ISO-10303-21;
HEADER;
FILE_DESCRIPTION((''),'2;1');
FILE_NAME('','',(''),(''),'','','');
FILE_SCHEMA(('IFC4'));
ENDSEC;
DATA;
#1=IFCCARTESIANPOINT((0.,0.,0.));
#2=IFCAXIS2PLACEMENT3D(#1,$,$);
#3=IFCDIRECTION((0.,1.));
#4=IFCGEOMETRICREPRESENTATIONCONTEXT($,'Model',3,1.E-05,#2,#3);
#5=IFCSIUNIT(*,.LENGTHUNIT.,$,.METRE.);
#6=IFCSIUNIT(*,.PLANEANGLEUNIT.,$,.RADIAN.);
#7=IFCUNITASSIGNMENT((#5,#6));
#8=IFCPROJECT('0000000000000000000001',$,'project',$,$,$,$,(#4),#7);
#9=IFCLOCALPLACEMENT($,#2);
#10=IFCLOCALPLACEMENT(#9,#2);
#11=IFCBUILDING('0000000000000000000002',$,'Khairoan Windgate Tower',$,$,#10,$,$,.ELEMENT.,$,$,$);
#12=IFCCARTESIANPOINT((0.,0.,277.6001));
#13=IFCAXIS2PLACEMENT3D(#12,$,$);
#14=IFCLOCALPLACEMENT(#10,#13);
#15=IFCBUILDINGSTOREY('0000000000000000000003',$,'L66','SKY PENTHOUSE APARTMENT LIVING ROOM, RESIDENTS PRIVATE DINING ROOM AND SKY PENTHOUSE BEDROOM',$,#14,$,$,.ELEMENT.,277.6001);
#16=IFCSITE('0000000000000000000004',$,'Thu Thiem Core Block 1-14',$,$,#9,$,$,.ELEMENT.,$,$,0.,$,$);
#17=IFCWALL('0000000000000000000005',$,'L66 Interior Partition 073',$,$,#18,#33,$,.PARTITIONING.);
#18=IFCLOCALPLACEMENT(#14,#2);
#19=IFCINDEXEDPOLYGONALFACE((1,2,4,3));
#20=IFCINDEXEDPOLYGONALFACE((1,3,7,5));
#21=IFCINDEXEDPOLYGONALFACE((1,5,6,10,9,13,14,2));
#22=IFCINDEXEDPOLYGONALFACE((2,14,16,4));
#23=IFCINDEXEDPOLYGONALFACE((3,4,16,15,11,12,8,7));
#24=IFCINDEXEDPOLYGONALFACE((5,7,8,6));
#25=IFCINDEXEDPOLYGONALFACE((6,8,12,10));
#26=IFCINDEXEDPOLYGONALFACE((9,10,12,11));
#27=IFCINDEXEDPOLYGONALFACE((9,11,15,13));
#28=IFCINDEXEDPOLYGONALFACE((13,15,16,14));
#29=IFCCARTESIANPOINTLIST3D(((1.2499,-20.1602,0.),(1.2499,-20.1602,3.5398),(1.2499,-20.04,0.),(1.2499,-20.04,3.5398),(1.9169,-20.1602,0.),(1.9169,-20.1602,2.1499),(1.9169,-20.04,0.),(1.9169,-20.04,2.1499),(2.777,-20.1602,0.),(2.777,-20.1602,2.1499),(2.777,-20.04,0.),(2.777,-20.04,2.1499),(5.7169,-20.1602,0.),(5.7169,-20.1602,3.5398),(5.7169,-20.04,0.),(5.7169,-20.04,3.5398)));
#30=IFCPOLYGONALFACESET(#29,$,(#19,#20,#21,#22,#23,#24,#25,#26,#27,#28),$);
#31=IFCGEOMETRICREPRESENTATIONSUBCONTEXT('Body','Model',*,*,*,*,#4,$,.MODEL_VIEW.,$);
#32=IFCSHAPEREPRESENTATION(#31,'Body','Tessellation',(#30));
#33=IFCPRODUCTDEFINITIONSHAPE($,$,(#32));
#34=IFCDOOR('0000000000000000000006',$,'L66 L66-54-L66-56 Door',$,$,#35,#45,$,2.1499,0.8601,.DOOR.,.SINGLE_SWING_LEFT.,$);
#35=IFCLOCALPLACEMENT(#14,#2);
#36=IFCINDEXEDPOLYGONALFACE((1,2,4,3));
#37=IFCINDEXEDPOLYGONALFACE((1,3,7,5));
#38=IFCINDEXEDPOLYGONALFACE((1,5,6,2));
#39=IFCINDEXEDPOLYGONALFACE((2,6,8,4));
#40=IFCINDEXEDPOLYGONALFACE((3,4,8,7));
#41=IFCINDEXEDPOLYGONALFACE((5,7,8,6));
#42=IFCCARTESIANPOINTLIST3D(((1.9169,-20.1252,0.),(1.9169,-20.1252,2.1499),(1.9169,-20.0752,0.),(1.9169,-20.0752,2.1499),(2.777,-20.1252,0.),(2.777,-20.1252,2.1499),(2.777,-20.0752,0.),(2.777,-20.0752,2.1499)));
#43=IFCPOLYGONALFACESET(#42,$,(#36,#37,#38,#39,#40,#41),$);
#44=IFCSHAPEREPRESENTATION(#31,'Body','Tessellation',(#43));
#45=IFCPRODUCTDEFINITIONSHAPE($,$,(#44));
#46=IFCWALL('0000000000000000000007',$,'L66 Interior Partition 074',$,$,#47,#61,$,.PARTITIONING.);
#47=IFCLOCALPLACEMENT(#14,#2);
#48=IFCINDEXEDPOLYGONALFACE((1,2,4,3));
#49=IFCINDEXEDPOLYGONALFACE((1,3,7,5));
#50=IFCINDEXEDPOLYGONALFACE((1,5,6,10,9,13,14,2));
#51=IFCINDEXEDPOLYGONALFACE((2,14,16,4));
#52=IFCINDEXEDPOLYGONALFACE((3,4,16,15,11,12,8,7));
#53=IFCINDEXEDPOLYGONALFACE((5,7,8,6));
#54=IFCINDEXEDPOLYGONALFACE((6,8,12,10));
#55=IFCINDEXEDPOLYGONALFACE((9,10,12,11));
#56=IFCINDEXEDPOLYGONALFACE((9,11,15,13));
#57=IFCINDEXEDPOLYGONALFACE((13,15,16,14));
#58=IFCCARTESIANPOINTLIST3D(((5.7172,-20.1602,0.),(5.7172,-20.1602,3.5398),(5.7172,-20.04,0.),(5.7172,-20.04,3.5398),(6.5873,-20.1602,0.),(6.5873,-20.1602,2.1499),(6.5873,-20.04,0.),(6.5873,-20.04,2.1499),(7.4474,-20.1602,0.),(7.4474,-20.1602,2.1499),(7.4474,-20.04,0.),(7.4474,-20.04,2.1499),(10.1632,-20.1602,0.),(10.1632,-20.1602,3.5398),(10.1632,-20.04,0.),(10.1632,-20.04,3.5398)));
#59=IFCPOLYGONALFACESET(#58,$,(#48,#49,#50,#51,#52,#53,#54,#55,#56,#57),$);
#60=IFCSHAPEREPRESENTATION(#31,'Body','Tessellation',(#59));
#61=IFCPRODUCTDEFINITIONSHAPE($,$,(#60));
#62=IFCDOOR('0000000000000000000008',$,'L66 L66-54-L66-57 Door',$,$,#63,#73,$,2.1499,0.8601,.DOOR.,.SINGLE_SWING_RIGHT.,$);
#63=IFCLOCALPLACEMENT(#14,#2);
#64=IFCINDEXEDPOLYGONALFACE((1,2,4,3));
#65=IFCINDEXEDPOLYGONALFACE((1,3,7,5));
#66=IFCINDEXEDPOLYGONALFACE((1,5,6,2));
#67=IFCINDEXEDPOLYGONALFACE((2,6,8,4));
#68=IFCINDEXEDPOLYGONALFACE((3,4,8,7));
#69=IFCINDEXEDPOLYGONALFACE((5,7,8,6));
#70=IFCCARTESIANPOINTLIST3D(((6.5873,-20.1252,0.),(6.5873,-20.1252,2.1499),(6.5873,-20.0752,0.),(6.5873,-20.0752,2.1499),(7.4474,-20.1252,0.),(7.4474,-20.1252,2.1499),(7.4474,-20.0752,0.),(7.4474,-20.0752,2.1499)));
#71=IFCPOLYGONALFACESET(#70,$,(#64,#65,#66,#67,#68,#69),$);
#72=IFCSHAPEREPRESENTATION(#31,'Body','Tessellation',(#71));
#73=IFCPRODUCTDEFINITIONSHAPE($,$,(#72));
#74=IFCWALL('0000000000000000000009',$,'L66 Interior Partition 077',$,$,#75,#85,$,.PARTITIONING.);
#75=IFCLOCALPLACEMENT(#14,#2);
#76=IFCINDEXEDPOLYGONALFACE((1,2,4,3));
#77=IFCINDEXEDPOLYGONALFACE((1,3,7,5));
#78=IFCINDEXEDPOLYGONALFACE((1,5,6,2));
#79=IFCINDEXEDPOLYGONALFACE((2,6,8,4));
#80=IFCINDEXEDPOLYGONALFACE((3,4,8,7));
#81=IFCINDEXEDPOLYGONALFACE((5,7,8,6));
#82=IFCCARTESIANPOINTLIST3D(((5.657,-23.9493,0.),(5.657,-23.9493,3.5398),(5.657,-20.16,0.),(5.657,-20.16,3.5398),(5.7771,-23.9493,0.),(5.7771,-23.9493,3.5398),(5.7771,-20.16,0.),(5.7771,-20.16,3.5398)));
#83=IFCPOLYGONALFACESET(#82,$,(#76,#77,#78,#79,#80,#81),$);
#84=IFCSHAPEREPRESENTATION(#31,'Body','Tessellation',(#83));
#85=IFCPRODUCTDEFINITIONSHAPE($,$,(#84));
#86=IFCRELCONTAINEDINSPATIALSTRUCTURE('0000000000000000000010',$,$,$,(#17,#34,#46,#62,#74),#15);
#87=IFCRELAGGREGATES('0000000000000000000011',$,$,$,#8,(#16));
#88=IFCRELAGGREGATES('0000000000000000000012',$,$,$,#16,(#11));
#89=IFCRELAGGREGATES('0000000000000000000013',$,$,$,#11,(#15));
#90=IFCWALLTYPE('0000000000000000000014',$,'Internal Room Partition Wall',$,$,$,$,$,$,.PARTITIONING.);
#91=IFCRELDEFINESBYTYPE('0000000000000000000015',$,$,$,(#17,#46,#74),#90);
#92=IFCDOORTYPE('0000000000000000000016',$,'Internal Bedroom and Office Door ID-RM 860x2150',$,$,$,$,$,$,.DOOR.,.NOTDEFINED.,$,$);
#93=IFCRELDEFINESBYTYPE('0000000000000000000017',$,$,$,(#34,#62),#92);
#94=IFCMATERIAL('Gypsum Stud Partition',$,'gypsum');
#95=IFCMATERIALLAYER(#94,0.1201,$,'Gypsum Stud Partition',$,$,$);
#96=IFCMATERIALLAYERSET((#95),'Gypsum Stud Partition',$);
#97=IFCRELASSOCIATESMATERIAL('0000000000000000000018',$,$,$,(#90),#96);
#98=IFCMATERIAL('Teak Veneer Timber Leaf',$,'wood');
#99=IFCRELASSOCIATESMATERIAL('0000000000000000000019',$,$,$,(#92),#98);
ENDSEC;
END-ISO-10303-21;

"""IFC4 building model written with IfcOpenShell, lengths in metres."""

from ifc_helpers import new_model, si_unit, direction, frame, frame_2d, origin, place, context, subcontext, project, spatial, rectangle, extrude, material, layer, layer_set, type_object, element, fill, save


model = new_model("IFC4")

# Units and contexts
model_context = context("Model", 3, precision=1e-05, world=origin(), true_north=direction((0.0, 1.0)))
body_context = subcontext(model_context, "Body", "Model", "MODEL_VIEW")
ifc_project = project(units=[si_unit("LENGTHUNIT", "METRE"), si_unit("PLANEANGLEUNIT", "RADIAN")], contexts=[model_context])

# Site, building, storey
site_placement = place(None, origin())
site = spatial("IfcSite", under=ifc_project, at=site_placement, Name="Thu Thiem Core Block 1-14", CompositionType="ELEMENT", RefElevation=0.0)
building_placement = place(site_placement, origin())
building = spatial("IfcBuilding", under=site, at=building_placement, Name="Khairoan Windgate Tower", CompositionType="ELEMENT")
storey_placement = place(building_placement, frame((0.0, 0.0, 277.6001)))
storey = spatial("IfcBuildingStorey", under=building, at=storey_placement, Name="L66", Description="SKY PENTHOUSE APARTMENT LIVING ROOM, RESIDENTS PRIVATE DINING ROOM AND SKY PENTHOUSE BEDROOM", CompositionType="ELEMENT", Elevation=277.6001)

# Shared definitions
ifc_material_1 = material(Name="Gypsum Stud Partition", Category="gypsum")
ifc_layer = layer(ifc_material_1, 0.1201, Name="Gypsum Stud Partition")
ifc_layer_set = layer_set([ifc_layer], Name="Gypsum Stud Partition")
wall_type = type_object("IfcWallType", Name="Internal Room Partition Wall", PredefinedType="PARTITIONING", material=ifc_layer_set)

# Walls, openings, doors
wall_1_placement = place(storey_placement, frame((1.25, -20.1001, 0.0), z_axis=(0.0, 0.0, 1.0), x_axis=(1.0, 0.0, 0.0)))
wall_1 = element("IfcWall", 1, at=wall_1_placement, inside=storey, type_object=wall_type, Name="L66 Interior Partition 073", PredefinedType="PARTITIONING", context=body_context, shape_type="SweptSolid", body=[
    extrude(rectangle(XDim=4.467, YDim=0.1201, at=frame_2d((2.2334, 0.0))), origin(), (0.0, 0.0, 1.0), 3.5398),
])
opening_1_placement = place(wall_1_placement, frame((0.6667, 0.0, 0.0)))
opening_1 = element("IfcOpeningElement", 2, at=opening_1_placement, cuts=wall_1, PredefinedType="OPENING", context=body_context, shape_type="SweptSolid", body=[
    extrude(rectangle(XDim=0.8601, YDim=2.1499, at=frame_2d((0.4302, 1.075))), frame((0.0, 0.0701, 0.0), z_axis=(0.0, -1.0, 0.0), x_axis=(1.0, 0.0, 0.0)), (0.0, 0.0, 1.0), 0.1401),
])
ifc_material_2 = material(Name="Teak Veneer Timber Leaf", Category="wood")
door_type_1 = type_object("IfcDoorType", Name="Internal Bedroom and Office Door ID-RM 860x2150", OperationType="NOTDEFINED", PredefinedType="DOOR", material=ifc_material_2)
door_1_placement = place(opening_1_placement, origin())
door_1 = element("IfcDoor", 3, at=door_1_placement, inside=storey, type_object=door_type_1, Name="L66 L66-54-L66-56 Door", OperationType="SINGLE_SWING_LEFT", OverallHeight=2.1499, OverallWidth=0.8601, PredefinedType="DOOR", context=body_context, shape_type="SweptSolid", body=[
    extrude(rectangle(XDim=0.8601, YDim=2.1499, at=frame_2d((0.4302, 1.075))), frame((0.0, 0.0249, 0.0), z_axis=(0.0, -1.0, 0.0), x_axis=(1.0, 0.0, 0.0)), (0.0, 0.0, 1.0), 0.05),
])
fill(opening_1, door_1)
wall_2_placement = place(storey_placement, frame((5.717, -20.1001, 0.0), z_axis=(0.0, 0.0, 1.0), x_axis=(1.0, 0.0, 0.0)))
wall_2 = element("IfcWall", 4, at=wall_2_placement, inside=storey, type_object=wall_type, Name="L66 Interior Partition 074", PredefinedType="PARTITIONING", context=body_context, shape_type="SweptSolid", body=[
    extrude(rectangle(XDim=4.446, YDim=0.1201, at=frame_2d((2.2231, 0.0))), origin(), (0.0, 0.0, 1.0), 3.5398),
])
opening_2_placement = place(wall_2_placement, frame((0.8701, 0.0, 0.0)))
opening_2 = element("IfcOpeningElement", 5, at=opening_2_placement, cuts=wall_2, PredefinedType="OPENING", context=body_context, shape_type="SweptSolid", body=[
    extrude(rectangle(XDim=0.8601, YDim=2.1499, at=frame_2d((0.4302, 1.075))), frame((0.0, 0.0701, 0.0), z_axis=(0.0, -1.0, 0.0), x_axis=(1.0, 0.0, 0.0)), (0.0, 0.0, 1.0), 0.1401),
])
door_2_placement = place(opening_2_placement, origin())
door_2 = element("IfcDoor", 6, at=door_2_placement, inside=storey, type_object=door_type_1, Name="L66 L66-54-L66-57 Door", OperationType="SINGLE_SWING_RIGHT", OverallHeight=2.1499, OverallWidth=0.8601, PredefinedType="DOOR", context=body_context, shape_type="SweptSolid", body=[
    extrude(rectangle(XDim=0.8601, YDim=2.1499, at=frame_2d((0.4302, 1.075))), frame((0.0, 0.0249, 0.0), z_axis=(0.0, -1.0, 0.0), x_axis=(1.0, 0.0, 0.0)), (0.0, 0.0, 1.0), 0.05),
])
fill(opening_2, door_2)

# Wall
wall_3_placement = place(storey_placement, frame((5.717, -23.9492, 0.0), z_axis=(0.0, 0.0, 1.0), x_axis=(0.0, 1.0, 0.0)))
element("IfcWall", 7, at=wall_3_placement, inside=storey, type_object=wall_type, Name="L66 Interior Partition 077", PredefinedType="PARTITIONING", context=body_context, shape_type="SweptSolid", body=[
    extrude(rectangle(XDim=3.7893, YDim=0.1201, at=frame_2d((1.8945, 0.0))), origin(), (0.0, 0.0, 1.0), 3.5398),
])

save(model, "model.ifc")
